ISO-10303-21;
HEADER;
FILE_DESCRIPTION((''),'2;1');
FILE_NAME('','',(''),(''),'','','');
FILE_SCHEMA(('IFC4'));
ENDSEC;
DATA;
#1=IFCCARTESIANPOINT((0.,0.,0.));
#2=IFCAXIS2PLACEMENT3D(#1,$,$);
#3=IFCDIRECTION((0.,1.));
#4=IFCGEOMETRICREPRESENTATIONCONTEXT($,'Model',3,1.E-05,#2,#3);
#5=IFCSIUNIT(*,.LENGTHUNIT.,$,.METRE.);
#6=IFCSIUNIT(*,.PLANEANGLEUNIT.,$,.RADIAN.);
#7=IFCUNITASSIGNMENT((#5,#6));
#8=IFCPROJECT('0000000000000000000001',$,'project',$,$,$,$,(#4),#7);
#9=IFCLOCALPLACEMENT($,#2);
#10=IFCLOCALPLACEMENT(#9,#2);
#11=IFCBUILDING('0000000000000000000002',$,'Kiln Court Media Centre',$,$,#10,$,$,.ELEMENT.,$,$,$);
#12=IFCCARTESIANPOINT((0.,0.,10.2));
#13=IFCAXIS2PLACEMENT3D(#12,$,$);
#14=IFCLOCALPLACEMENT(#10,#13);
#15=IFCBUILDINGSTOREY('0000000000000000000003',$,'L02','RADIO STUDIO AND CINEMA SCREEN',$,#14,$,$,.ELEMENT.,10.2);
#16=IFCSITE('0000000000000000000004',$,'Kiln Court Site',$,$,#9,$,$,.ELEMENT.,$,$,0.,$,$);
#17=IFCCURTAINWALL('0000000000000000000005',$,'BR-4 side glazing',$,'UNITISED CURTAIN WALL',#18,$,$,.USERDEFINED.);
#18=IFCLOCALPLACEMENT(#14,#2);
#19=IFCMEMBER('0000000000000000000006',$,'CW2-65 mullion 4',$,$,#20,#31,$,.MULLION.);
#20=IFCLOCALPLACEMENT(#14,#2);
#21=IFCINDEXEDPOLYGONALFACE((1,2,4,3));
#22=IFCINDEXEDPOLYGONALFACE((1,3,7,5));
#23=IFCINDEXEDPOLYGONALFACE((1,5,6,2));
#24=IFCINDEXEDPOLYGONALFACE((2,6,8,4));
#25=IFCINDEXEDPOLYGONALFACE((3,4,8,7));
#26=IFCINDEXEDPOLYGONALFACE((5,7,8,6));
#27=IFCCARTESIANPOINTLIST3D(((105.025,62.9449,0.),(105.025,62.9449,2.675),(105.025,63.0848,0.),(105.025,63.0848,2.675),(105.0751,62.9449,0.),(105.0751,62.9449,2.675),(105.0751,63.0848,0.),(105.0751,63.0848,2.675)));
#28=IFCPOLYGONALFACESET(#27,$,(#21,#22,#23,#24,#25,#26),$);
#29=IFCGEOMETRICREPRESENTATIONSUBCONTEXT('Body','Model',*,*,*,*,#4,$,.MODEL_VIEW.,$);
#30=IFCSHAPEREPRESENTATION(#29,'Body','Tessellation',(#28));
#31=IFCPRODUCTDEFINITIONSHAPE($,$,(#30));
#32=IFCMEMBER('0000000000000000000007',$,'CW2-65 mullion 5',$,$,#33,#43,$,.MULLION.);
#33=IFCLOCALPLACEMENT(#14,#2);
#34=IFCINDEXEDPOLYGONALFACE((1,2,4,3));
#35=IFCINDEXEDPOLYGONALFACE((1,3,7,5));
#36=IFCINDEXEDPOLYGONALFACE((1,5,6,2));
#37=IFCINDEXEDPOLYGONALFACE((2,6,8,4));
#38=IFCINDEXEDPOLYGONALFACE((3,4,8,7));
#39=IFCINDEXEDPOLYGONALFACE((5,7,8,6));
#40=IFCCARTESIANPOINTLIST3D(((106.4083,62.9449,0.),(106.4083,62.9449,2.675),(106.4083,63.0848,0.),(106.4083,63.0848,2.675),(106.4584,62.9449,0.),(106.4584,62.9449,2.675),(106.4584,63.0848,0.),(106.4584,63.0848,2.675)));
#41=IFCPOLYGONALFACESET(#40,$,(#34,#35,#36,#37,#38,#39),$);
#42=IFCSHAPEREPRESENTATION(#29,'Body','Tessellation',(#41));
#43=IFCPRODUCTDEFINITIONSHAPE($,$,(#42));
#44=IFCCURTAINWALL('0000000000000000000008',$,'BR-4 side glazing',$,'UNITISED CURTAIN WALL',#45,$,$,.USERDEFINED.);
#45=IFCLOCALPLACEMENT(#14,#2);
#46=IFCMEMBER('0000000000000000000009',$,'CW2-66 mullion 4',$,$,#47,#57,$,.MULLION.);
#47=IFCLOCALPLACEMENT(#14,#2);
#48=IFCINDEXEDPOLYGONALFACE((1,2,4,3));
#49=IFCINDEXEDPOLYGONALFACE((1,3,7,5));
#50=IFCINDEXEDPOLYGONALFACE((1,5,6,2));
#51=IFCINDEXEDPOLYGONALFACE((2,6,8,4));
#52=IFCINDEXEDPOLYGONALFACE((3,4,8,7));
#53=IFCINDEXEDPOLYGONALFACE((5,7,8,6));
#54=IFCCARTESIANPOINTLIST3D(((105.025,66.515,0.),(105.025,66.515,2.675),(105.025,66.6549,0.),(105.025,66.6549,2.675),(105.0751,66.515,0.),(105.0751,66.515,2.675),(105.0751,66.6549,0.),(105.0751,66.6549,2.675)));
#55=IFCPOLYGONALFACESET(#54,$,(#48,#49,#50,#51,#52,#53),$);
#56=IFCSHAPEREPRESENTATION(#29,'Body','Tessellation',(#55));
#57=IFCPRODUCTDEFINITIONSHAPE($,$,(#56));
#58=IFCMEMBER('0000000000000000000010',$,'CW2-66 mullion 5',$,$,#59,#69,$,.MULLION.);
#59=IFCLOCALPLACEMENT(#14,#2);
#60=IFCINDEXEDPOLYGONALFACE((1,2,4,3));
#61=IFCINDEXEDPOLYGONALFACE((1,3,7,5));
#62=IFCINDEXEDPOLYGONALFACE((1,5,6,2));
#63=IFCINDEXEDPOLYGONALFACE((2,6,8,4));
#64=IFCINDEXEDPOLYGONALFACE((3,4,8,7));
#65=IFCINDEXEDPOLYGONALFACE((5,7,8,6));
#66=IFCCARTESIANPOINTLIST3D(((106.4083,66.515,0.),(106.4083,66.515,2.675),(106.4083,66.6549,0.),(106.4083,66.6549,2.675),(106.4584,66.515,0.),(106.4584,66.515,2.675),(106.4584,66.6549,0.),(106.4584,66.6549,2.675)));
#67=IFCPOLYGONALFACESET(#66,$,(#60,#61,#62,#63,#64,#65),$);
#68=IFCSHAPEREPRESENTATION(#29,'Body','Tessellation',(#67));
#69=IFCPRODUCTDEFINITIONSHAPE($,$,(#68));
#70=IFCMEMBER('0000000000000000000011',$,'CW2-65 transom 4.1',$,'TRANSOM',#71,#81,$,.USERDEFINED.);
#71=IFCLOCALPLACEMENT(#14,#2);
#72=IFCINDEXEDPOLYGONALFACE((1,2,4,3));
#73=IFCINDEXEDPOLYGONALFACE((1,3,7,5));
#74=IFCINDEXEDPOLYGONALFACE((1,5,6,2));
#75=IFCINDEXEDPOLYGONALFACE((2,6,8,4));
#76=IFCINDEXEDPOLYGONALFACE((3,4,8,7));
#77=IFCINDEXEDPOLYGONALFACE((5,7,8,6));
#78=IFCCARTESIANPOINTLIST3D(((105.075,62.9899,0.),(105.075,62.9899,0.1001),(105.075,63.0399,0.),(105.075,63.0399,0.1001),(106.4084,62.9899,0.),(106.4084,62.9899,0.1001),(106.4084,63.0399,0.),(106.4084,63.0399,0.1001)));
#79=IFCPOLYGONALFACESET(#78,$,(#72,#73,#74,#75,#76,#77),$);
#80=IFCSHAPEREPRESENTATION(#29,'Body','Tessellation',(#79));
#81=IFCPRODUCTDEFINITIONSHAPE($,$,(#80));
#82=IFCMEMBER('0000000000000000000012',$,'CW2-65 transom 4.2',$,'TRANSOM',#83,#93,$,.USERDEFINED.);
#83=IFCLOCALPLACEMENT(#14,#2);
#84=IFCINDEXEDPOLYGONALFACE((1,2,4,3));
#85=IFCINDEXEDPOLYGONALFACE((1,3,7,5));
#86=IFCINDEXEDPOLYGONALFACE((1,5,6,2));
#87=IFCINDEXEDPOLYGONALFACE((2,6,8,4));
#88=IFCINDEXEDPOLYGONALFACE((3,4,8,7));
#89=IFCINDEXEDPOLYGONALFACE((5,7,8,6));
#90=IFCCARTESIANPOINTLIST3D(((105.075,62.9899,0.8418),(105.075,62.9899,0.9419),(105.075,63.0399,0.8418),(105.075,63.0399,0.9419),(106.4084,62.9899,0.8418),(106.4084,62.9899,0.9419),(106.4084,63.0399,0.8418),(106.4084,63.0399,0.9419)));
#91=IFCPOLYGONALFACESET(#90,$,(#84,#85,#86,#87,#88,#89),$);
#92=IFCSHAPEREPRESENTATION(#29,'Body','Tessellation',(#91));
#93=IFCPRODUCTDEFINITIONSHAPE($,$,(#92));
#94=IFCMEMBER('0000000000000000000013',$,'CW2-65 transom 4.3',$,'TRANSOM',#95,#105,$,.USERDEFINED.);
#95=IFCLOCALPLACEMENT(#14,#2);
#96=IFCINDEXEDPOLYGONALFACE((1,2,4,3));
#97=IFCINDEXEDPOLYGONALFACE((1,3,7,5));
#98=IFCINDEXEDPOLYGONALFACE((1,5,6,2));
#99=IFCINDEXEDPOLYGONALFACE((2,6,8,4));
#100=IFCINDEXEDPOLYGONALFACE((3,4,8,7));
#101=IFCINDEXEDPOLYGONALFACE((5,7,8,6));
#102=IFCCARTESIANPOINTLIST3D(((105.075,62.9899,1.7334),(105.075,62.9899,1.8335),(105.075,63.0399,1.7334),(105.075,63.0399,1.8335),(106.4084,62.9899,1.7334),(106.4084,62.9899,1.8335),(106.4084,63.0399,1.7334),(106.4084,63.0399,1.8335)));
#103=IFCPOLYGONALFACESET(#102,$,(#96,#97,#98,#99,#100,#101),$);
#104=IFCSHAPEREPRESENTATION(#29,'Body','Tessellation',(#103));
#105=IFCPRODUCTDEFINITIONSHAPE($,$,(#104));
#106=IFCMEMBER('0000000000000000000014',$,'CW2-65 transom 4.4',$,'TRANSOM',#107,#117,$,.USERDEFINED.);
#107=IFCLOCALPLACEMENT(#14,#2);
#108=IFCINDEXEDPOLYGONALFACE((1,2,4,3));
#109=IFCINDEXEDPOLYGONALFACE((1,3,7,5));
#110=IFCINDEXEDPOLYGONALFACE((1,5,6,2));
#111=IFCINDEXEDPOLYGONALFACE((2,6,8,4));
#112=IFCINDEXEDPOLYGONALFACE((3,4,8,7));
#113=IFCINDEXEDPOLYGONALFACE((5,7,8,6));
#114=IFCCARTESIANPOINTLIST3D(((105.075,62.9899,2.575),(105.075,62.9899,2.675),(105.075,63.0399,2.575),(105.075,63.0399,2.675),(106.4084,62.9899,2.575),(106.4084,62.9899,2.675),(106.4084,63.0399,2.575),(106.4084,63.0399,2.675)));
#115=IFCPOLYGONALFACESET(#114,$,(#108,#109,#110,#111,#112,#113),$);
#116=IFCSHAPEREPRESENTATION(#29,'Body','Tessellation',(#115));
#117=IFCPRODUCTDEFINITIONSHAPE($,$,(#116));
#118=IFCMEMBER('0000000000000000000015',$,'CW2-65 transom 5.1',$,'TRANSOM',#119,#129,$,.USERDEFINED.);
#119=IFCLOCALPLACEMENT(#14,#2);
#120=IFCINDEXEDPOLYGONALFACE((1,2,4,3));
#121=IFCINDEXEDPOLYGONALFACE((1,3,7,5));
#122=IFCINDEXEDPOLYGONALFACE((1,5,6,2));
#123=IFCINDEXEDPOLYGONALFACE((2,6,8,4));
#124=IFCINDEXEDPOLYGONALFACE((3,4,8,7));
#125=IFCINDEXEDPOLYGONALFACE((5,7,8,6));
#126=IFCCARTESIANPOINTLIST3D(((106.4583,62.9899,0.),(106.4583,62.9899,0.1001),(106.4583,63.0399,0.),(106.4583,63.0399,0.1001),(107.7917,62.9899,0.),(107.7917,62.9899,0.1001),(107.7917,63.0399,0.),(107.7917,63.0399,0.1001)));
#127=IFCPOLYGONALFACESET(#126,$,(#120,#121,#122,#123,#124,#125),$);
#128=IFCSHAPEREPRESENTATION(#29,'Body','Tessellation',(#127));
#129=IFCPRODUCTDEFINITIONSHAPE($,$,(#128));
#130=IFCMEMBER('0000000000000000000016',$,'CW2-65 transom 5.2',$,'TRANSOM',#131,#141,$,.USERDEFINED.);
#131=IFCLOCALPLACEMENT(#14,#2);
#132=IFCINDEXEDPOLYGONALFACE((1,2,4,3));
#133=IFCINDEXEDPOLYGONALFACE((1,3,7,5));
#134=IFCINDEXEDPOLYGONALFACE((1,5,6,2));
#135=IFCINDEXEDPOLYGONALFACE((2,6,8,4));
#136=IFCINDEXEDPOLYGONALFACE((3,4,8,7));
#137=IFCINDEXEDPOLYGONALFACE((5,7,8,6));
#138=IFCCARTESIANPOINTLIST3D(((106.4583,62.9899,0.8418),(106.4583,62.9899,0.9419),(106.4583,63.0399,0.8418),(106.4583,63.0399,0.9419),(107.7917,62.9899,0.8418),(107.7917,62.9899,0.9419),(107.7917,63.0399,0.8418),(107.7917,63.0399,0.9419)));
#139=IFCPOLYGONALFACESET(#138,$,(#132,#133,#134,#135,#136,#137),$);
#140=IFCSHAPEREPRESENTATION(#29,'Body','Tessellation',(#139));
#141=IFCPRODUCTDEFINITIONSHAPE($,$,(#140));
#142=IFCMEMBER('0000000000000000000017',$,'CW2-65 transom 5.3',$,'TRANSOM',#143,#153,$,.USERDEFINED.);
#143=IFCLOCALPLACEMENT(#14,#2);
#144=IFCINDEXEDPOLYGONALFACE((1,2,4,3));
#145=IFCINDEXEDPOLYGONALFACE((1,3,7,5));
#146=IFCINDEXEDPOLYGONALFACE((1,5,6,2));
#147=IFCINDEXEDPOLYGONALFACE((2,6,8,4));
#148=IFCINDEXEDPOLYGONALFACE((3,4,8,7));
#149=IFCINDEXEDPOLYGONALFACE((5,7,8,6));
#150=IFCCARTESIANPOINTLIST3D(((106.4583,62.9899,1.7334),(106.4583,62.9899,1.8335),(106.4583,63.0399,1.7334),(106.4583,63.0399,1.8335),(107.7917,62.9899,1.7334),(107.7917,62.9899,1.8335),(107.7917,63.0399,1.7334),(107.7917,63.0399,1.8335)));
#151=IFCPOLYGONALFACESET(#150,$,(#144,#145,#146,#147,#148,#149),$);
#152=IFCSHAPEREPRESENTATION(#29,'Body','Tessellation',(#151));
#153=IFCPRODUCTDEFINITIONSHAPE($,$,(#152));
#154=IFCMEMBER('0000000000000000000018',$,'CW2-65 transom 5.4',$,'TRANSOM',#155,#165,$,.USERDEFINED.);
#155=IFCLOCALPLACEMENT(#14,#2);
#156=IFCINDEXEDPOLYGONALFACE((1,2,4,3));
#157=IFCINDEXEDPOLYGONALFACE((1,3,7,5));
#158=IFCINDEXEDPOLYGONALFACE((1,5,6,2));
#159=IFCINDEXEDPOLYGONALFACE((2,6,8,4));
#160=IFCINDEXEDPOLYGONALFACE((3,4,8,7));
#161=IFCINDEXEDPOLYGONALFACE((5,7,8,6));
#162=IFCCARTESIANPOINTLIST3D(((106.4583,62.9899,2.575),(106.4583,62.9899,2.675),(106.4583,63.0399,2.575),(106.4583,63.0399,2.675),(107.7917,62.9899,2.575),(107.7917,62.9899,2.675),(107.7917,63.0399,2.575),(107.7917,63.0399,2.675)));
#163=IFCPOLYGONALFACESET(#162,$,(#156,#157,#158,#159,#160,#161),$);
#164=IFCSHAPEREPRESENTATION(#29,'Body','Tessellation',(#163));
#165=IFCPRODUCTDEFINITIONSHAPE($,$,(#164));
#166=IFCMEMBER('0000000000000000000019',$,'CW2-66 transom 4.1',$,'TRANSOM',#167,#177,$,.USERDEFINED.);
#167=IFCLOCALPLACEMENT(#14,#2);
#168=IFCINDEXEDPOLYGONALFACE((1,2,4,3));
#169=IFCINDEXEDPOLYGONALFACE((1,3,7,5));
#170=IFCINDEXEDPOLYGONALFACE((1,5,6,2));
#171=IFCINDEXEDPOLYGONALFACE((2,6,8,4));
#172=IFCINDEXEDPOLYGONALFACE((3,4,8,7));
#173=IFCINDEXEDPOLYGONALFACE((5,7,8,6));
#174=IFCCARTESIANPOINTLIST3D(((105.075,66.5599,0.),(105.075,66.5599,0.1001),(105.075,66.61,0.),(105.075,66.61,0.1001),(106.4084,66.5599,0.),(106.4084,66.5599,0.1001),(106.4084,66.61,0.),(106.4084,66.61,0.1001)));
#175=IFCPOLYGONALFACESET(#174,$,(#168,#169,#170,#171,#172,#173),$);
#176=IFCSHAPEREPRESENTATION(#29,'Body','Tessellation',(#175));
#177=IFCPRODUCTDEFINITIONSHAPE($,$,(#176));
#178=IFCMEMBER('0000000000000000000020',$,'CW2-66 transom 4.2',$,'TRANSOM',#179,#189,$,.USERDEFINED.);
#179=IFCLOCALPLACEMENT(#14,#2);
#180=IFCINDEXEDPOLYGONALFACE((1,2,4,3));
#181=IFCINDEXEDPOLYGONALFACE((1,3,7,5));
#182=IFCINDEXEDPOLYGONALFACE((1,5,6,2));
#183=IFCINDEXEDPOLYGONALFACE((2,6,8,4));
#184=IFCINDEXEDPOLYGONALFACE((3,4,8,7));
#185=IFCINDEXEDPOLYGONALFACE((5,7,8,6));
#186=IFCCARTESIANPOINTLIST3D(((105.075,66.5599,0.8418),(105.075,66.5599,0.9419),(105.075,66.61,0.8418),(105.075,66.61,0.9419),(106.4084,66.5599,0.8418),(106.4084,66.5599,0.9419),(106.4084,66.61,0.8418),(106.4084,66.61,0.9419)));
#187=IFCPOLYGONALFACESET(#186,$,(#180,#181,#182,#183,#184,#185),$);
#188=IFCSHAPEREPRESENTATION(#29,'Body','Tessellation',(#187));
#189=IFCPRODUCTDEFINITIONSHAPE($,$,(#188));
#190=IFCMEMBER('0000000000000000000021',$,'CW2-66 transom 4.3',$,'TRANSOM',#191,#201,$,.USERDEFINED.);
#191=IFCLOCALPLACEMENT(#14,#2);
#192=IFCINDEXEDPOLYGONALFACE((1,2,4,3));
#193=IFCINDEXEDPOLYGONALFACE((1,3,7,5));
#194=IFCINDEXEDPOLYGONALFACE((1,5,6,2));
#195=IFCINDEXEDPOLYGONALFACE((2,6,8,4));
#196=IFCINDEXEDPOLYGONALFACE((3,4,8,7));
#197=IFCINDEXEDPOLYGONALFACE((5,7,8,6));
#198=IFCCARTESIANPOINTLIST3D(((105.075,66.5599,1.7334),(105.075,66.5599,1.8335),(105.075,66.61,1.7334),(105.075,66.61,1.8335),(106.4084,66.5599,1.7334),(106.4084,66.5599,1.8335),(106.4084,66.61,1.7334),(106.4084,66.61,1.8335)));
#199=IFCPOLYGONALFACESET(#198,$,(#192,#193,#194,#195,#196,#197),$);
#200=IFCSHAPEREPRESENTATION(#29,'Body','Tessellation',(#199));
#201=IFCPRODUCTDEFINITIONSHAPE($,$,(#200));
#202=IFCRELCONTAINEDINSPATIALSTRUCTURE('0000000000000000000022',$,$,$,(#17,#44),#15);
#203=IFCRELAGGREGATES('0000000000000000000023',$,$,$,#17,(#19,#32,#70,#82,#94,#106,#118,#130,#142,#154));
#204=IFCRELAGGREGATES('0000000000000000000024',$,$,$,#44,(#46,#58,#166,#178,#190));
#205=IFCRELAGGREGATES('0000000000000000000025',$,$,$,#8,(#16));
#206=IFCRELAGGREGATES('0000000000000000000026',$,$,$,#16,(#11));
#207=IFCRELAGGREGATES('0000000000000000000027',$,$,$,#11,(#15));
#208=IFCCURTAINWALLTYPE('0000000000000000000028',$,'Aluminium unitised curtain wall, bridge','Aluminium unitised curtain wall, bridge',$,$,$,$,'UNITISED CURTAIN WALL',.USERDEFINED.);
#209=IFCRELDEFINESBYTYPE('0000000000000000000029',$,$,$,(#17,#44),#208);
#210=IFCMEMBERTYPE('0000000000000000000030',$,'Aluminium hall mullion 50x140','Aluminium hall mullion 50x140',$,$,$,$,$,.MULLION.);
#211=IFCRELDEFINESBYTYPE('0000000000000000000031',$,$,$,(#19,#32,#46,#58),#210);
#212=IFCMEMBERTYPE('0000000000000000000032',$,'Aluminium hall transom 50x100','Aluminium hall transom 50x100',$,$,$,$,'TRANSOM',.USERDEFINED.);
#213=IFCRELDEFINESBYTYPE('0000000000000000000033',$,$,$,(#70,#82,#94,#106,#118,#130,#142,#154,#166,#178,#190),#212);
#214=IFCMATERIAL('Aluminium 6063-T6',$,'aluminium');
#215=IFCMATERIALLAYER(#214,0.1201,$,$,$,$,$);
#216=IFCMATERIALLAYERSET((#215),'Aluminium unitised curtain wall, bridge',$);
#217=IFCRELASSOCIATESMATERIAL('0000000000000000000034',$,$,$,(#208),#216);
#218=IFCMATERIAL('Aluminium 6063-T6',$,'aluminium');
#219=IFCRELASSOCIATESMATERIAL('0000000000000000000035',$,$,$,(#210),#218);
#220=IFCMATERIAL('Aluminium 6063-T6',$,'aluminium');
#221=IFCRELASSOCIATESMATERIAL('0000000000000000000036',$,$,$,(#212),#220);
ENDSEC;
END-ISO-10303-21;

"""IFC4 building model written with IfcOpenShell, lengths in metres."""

from ifc_helpers import new_model, si_unit, direction, frame, origin, origin_2d, place, context, subcontext, project, spatial, rectangle, extrude, material, layer, layer_set, material_profile, profile_set, type_object, element, aggregate, save


model = new_model("IFC4")

# Units and contexts
model_context = context("Model", 3, precision=1e-05, world=origin(), true_north=direction((0.0, 1.0)))
body_context = subcontext(model_context, "Body", "Model", "MODEL_VIEW")
ifc_project = project(units=[si_unit("LENGTHUNIT", "METRE"), si_unit("PLANEANGLEUNIT", "RADIAN")], contexts=[model_context])

# Site, building, storey
site_placement = place(None, origin())
site = spatial("IfcSite", under=ifc_project, at=site_placement, Name="Kiln Court Site", CompositionType="ELEMENT", RefElevation=0.0)
building_placement = place(site_placement, origin())
building = spatial("IfcBuilding", under=site, at=building_placement, Name="Kiln Court Media Centre", CompositionType="ELEMENT")
storey_placement = place(building_placement, frame((0.0, 0.0, 10.2)))
storey = spatial("IfcBuildingStorey", under=building, at=storey_placement, Name="L02", Description="RADIO STUDIO AND CINEMA SCREEN", CompositionType="ELEMENT", Elevation=10.2)

# Curtain walls, members
ifc_material_1 = material(Name="Aluminium 6063-T6", Category="aluminium")
ifc_layer_1 = layer(ifc_material_1, 0.1201)
ifc_layer_set_1 = layer_set([ifc_layer_1], Name="Aluminium unitised curtain wall, bridge")
curtain_wall_type = type_object("IfcCurtainWallType", Name="Aluminium unitised curtain wall, bridge", Description="Aluminium unitised curtain wall, bridge", ElementType="UNITISED CURTAIN WALL", PredefinedType="USERDEFINED", material=ifc_layer_set_1)
curtain_wall_1_placement = place(storey_placement, origin())
curtain_wall_1 = element("IfcCurtainWall", 1, at=curtain_wall_1_placement, inside=storey, type_object=curtain_wall_type, Name="BR-4 side glazing", ObjectType="UNITISED CURTAIN WALL", PredefinedType="USERDEFINED")
ifc_material_2 = material(Name="Aluminium 6063-T6", Category="aluminium")
ifc_material_profile_1 = material_profile(ifc_material_2, rectangle(XDim=0.05, YDim=0.1399, at=origin_2d()), Name="Aluminium hall mullion 50x140")
ifc_profile_set_1 = profile_set([ifc_material_profile_1], Name="Aluminium 6063-T6")
member_type_1 = type_object("IfcMemberType", Name="Aluminium hall mullion 50x140", Description="Aluminium hall mullion 50x140", PredefinedType="MULLION", material=ifc_profile_set_1)
member_1_placement = place(storey_placement, frame((105.05, 63.0149, 0.0), z_axis=(0.0, 0.0, 1.0), x_axis=(1.0, 0.0, 0.0)))
member_1 = element("IfcMember", 2, at=member_1_placement, type_object=member_type_1, Name="CW2-65 mullion 4", PredefinedType="MULLION", context=body_context, shape_type="SweptSolid", body=[
    extrude(rectangle(XDim=0.05, YDim=0.1399, at=origin_2d()), origin(), (0.0, 0.0, 1.0), 2.675),
])
member_2_placement = place(storey_placement, frame((106.4333, 63.0149, 0.0), z_axis=(0.0, 0.0, 1.0), x_axis=(1.0, 0.0, 0.0)))
member_2 = element("IfcMember", 3, at=member_2_placement, type_object=member_type_1, Name="CW2-65 mullion 5", PredefinedType="MULLION", context=body_context, shape_type="SweptSolid", body=[
    extrude(rectangle(XDim=0.05, YDim=0.1399, at=origin_2d()), origin(), (0.0, 0.0, 1.0), 2.675),
])
curtain_wall_2_placement = place(storey_placement, origin())
curtain_wall_2 = element("IfcCurtainWall", 4, at=curtain_wall_2_placement, inside=storey, type_object=curtain_wall_type, Name="BR-4 side glazing", ObjectType="UNITISED CURTAIN WALL", PredefinedType="USERDEFINED")
member_3_placement = place(storey_placement, frame((105.05, 66.585, 0.0), z_axis=(0.0, 0.0, 1.0), x_axis=(1.0, 0.0, 0.0)))
member_3 = element("IfcMember", 5, at=member_3_placement, type_object=member_type_1, Name="CW2-66 mullion 4", PredefinedType="MULLION", context=body_context, shape_type="SweptSolid", body=[
    extrude(rectangle(XDim=0.05, YDim=0.1399, at=origin_2d()), origin(), (0.0, 0.0, 1.0), 2.675),
])
member_4_placement = place(storey_placement, frame((106.4333, 66.585, 0.0), z_axis=(0.0, 0.0, 1.0), x_axis=(1.0, 0.0, 0.0)))
member_4 = element("IfcMember", 6, at=member_4_placement, type_object=member_type_1, Name="CW2-66 mullion 5", PredefinedType="MULLION", context=body_context, shape_type="SweptSolid", body=[
    extrude(rectangle(XDim=0.05, YDim=0.1399, at=origin_2d()), origin(), (0.0, 0.0, 1.0), 2.675),
])

# Members
ifc_material_3 = material(Name="Aluminium 6063-T6", Category="aluminium")
ifc_material_profile_2 = material_profile(ifc_material_3, rectangle(XDim=0.05, YDim=0.1001, at=origin_2d()), Name="Aluminium hall transom 50x100")
ifc_profile_set_2 = profile_set([ifc_material_profile_2], Name="Aluminium 6063-T6")
member_type_2 = type_object("IfcMemberType", Name="Aluminium hall transom 50x100", Description="Aluminium hall transom 50x100", ElementType="TRANSOM", PredefinedType="USERDEFINED", material=ifc_profile_set_2)
member_5_placement = place(storey_placement, frame((105.075, 63.0149, 0.05), z_axis=(1.0, 0.0, 0.0), x_axis=(0.0, 1.0, 0.0)))
member_5 = element("IfcMember", 7, at=member_5_placement, type_object=member_type_2, Name="CW2-65 transom 4.1", ObjectType="TRANSOM", PredefinedType="USERDEFINED", context=body_context, shape_type="SweptSolid", body=[
    extrude(rectangle(XDim=0.05, YDim=0.1001, at=origin_2d()), origin(), (0.0, 0.0, 1.0), 1.3335),
])
member_6_placement = place(storey_placement, frame((105.075, 63.0149, 0.8918), z_axis=(1.0, 0.0, 0.0), x_axis=(0.0, 1.0, 0.0)))
member_6 = element("IfcMember", 8, at=member_6_placement, type_object=member_type_2, Name="CW2-65 transom 4.2", ObjectType="TRANSOM", PredefinedType="USERDEFINED", context=body_context, shape_type="SweptSolid", body=[
    extrude(rectangle(XDim=0.05, YDim=0.1001, at=origin_2d()), origin(), (0.0, 0.0, 1.0), 1.3335),
])
member_7_placement = place(storey_placement, frame((105.075, 63.0149, 1.7834), z_axis=(1.0, 0.0, 0.0), x_axis=(0.0, 1.0, 0.0)))
member_7 = element("IfcMember", 9, at=member_7_placement, type_object=member_type_2, Name="CW2-65 transom 4.3", ObjectType="TRANSOM", PredefinedType="USERDEFINED", context=body_context, shape_type="SweptSolid", body=[
    extrude(rectangle(XDim=0.05, YDim=0.1001, at=origin_2d()), origin(), (0.0, 0.0, 1.0), 1.3335),
])
member_8_placement = place(storey_placement, frame((105.075, 63.0149, 2.625), z_axis=(1.0, 0.0, 0.0), x_axis=(0.0, 1.0, 0.0)))
member_8 = element("IfcMember", 10, at=member_8_placement, type_object=member_type_2, Name="CW2-65 transom 4.4", ObjectType="TRANSOM", PredefinedType="USERDEFINED", context=body_context, shape_type="SweptSolid", body=[
    extrude(rectangle(XDim=0.05, YDim=0.1001, at=origin_2d()), origin(), (0.0, 0.0, 1.0), 1.3335),
])
member_9_placement = place(storey_placement, frame((106.4583, 63.0149, 0.05), z_axis=(1.0, 0.0, 0.0), x_axis=(0.0, 1.0, 0.0)))
member_9 = element("IfcMember", 11, at=member_9_placement, type_object=member_type_2, Name="CW2-65 transom 5.1", ObjectType="TRANSOM", PredefinedType="USERDEFINED", context=body_context, shape_type="SweptSolid", body=[
    extrude(rectangle(XDim=0.05, YDim=0.1001, at=origin_2d()), origin(), (0.0, 0.0, 1.0), 1.3335),
])
member_10_placement = place(storey_placement, frame((106.4583, 63.0149, 0.8918), z_axis=(1.0, 0.0, 0.0), x_axis=(0.0, 1.0, 0.0)))
member_10 = element("IfcMember", 12, at=member_10_placement, type_object=member_type_2, Name="CW2-65 transom 5.2", ObjectType="TRANSOM", PredefinedType="USERDEFINED", context=body_context, shape_type="SweptSolid", body=[
    extrude(rectangle(XDim=0.05, YDim=0.1001, at=origin_2d()), origin(), (0.0, 0.0, 1.0), 1.3335),
])
member_11_placement = place(storey_placement, frame((106.4583, 63.0149, 1.7834), z_axis=(1.0, 0.0, 0.0), x_axis=(0.0, 1.0, 0.0)))
member_11 = element("IfcMember", 13, at=member_11_placement, type_object=member_type_2, Name="CW2-65 transom 5.3", ObjectType="TRANSOM", PredefinedType="USERDEFINED", context=body_context, shape_type="SweptSolid", body=[
    extrude(rectangle(XDim=0.05, YDim=0.1001, at=origin_2d()), origin(), (0.0, 0.0, 1.0), 1.3335),
])
member_12_placement = place(storey_placement, frame((106.4583, 63.0149, 2.625), z_axis=(1.0, 0.0, 0.0), x_axis=(0.0, 1.0, 0.0)))
member_12 = element("IfcMember", 14, at=member_12_placement, type_object=member_type_2, Name="CW2-65 transom 5.4", ObjectType="TRANSOM", PredefinedType="USERDEFINED", context=body_context, shape_type="SweptSolid", body=[
    extrude(rectangle(XDim=0.05, YDim=0.1001, at=origin_2d()), origin(), (0.0, 0.0, 1.0), 1.3335),
])
member_13_placement = place(storey_placement, frame((105.075, 66.585, 0.05), z_axis=(1.0, 0.0, 0.0), x_axis=(0.0, 1.0, 0.0)))
member_13 = element("IfcMember", 15, at=member_13_placement, type_object=member_type_2, Name="CW2-66 transom 4.1", ObjectType="TRANSOM", PredefinedType="USERDEFINED", context=body_context, shape_type="SweptSolid", body=[
    extrude(rectangle(XDim=0.05, YDim=0.1001, at=origin_2d()), origin(), (0.0, 0.0, 1.0), 1.3335),
])
member_14_placement = place(storey_placement, frame((105.075, 66.585, 0.8918), z_axis=(1.0, 0.0, 0.0), x_axis=(0.0, 1.0, 0.0)))
member_14 = element("IfcMember", 16, at=member_14_placement, type_object=member_type_2, Name="CW2-66 transom 4.2", ObjectType="TRANSOM", PredefinedType="USERDEFINED", context=body_context, shape_type="SweptSolid", body=[
    extrude(rectangle(XDim=0.05, YDim=0.1001, at=origin_2d()), origin(), (0.0, 0.0, 1.0), 1.3335),
])
member_15_placement = place(storey_placement, frame((105.075, 66.585, 1.7834), z_axis=(1.0, 0.0, 0.0), x_axis=(0.0, 1.0, 0.0)))
member_15 = element("IfcMember", 17, at=member_15_placement, type_object=member_type_2, Name="CW2-66 transom 4.3", ObjectType="TRANSOM", PredefinedType="USERDEFINED", context=body_context, shape_type="SweptSolid", body=[
    extrude(rectangle(XDim=0.05, YDim=0.1001, at=origin_2d()), origin(), (0.0, 0.0, 1.0), 1.3335),
])

aggregate(curtain_wall_1, [member_1, member_2, member_5, member_6, member_7, member_8, member_9, member_10, member_11, member_12])
aggregate(curtain_wall_2, [member_3, member_4, member_13, member_14, member_15])

save(model, "model.ifc")
